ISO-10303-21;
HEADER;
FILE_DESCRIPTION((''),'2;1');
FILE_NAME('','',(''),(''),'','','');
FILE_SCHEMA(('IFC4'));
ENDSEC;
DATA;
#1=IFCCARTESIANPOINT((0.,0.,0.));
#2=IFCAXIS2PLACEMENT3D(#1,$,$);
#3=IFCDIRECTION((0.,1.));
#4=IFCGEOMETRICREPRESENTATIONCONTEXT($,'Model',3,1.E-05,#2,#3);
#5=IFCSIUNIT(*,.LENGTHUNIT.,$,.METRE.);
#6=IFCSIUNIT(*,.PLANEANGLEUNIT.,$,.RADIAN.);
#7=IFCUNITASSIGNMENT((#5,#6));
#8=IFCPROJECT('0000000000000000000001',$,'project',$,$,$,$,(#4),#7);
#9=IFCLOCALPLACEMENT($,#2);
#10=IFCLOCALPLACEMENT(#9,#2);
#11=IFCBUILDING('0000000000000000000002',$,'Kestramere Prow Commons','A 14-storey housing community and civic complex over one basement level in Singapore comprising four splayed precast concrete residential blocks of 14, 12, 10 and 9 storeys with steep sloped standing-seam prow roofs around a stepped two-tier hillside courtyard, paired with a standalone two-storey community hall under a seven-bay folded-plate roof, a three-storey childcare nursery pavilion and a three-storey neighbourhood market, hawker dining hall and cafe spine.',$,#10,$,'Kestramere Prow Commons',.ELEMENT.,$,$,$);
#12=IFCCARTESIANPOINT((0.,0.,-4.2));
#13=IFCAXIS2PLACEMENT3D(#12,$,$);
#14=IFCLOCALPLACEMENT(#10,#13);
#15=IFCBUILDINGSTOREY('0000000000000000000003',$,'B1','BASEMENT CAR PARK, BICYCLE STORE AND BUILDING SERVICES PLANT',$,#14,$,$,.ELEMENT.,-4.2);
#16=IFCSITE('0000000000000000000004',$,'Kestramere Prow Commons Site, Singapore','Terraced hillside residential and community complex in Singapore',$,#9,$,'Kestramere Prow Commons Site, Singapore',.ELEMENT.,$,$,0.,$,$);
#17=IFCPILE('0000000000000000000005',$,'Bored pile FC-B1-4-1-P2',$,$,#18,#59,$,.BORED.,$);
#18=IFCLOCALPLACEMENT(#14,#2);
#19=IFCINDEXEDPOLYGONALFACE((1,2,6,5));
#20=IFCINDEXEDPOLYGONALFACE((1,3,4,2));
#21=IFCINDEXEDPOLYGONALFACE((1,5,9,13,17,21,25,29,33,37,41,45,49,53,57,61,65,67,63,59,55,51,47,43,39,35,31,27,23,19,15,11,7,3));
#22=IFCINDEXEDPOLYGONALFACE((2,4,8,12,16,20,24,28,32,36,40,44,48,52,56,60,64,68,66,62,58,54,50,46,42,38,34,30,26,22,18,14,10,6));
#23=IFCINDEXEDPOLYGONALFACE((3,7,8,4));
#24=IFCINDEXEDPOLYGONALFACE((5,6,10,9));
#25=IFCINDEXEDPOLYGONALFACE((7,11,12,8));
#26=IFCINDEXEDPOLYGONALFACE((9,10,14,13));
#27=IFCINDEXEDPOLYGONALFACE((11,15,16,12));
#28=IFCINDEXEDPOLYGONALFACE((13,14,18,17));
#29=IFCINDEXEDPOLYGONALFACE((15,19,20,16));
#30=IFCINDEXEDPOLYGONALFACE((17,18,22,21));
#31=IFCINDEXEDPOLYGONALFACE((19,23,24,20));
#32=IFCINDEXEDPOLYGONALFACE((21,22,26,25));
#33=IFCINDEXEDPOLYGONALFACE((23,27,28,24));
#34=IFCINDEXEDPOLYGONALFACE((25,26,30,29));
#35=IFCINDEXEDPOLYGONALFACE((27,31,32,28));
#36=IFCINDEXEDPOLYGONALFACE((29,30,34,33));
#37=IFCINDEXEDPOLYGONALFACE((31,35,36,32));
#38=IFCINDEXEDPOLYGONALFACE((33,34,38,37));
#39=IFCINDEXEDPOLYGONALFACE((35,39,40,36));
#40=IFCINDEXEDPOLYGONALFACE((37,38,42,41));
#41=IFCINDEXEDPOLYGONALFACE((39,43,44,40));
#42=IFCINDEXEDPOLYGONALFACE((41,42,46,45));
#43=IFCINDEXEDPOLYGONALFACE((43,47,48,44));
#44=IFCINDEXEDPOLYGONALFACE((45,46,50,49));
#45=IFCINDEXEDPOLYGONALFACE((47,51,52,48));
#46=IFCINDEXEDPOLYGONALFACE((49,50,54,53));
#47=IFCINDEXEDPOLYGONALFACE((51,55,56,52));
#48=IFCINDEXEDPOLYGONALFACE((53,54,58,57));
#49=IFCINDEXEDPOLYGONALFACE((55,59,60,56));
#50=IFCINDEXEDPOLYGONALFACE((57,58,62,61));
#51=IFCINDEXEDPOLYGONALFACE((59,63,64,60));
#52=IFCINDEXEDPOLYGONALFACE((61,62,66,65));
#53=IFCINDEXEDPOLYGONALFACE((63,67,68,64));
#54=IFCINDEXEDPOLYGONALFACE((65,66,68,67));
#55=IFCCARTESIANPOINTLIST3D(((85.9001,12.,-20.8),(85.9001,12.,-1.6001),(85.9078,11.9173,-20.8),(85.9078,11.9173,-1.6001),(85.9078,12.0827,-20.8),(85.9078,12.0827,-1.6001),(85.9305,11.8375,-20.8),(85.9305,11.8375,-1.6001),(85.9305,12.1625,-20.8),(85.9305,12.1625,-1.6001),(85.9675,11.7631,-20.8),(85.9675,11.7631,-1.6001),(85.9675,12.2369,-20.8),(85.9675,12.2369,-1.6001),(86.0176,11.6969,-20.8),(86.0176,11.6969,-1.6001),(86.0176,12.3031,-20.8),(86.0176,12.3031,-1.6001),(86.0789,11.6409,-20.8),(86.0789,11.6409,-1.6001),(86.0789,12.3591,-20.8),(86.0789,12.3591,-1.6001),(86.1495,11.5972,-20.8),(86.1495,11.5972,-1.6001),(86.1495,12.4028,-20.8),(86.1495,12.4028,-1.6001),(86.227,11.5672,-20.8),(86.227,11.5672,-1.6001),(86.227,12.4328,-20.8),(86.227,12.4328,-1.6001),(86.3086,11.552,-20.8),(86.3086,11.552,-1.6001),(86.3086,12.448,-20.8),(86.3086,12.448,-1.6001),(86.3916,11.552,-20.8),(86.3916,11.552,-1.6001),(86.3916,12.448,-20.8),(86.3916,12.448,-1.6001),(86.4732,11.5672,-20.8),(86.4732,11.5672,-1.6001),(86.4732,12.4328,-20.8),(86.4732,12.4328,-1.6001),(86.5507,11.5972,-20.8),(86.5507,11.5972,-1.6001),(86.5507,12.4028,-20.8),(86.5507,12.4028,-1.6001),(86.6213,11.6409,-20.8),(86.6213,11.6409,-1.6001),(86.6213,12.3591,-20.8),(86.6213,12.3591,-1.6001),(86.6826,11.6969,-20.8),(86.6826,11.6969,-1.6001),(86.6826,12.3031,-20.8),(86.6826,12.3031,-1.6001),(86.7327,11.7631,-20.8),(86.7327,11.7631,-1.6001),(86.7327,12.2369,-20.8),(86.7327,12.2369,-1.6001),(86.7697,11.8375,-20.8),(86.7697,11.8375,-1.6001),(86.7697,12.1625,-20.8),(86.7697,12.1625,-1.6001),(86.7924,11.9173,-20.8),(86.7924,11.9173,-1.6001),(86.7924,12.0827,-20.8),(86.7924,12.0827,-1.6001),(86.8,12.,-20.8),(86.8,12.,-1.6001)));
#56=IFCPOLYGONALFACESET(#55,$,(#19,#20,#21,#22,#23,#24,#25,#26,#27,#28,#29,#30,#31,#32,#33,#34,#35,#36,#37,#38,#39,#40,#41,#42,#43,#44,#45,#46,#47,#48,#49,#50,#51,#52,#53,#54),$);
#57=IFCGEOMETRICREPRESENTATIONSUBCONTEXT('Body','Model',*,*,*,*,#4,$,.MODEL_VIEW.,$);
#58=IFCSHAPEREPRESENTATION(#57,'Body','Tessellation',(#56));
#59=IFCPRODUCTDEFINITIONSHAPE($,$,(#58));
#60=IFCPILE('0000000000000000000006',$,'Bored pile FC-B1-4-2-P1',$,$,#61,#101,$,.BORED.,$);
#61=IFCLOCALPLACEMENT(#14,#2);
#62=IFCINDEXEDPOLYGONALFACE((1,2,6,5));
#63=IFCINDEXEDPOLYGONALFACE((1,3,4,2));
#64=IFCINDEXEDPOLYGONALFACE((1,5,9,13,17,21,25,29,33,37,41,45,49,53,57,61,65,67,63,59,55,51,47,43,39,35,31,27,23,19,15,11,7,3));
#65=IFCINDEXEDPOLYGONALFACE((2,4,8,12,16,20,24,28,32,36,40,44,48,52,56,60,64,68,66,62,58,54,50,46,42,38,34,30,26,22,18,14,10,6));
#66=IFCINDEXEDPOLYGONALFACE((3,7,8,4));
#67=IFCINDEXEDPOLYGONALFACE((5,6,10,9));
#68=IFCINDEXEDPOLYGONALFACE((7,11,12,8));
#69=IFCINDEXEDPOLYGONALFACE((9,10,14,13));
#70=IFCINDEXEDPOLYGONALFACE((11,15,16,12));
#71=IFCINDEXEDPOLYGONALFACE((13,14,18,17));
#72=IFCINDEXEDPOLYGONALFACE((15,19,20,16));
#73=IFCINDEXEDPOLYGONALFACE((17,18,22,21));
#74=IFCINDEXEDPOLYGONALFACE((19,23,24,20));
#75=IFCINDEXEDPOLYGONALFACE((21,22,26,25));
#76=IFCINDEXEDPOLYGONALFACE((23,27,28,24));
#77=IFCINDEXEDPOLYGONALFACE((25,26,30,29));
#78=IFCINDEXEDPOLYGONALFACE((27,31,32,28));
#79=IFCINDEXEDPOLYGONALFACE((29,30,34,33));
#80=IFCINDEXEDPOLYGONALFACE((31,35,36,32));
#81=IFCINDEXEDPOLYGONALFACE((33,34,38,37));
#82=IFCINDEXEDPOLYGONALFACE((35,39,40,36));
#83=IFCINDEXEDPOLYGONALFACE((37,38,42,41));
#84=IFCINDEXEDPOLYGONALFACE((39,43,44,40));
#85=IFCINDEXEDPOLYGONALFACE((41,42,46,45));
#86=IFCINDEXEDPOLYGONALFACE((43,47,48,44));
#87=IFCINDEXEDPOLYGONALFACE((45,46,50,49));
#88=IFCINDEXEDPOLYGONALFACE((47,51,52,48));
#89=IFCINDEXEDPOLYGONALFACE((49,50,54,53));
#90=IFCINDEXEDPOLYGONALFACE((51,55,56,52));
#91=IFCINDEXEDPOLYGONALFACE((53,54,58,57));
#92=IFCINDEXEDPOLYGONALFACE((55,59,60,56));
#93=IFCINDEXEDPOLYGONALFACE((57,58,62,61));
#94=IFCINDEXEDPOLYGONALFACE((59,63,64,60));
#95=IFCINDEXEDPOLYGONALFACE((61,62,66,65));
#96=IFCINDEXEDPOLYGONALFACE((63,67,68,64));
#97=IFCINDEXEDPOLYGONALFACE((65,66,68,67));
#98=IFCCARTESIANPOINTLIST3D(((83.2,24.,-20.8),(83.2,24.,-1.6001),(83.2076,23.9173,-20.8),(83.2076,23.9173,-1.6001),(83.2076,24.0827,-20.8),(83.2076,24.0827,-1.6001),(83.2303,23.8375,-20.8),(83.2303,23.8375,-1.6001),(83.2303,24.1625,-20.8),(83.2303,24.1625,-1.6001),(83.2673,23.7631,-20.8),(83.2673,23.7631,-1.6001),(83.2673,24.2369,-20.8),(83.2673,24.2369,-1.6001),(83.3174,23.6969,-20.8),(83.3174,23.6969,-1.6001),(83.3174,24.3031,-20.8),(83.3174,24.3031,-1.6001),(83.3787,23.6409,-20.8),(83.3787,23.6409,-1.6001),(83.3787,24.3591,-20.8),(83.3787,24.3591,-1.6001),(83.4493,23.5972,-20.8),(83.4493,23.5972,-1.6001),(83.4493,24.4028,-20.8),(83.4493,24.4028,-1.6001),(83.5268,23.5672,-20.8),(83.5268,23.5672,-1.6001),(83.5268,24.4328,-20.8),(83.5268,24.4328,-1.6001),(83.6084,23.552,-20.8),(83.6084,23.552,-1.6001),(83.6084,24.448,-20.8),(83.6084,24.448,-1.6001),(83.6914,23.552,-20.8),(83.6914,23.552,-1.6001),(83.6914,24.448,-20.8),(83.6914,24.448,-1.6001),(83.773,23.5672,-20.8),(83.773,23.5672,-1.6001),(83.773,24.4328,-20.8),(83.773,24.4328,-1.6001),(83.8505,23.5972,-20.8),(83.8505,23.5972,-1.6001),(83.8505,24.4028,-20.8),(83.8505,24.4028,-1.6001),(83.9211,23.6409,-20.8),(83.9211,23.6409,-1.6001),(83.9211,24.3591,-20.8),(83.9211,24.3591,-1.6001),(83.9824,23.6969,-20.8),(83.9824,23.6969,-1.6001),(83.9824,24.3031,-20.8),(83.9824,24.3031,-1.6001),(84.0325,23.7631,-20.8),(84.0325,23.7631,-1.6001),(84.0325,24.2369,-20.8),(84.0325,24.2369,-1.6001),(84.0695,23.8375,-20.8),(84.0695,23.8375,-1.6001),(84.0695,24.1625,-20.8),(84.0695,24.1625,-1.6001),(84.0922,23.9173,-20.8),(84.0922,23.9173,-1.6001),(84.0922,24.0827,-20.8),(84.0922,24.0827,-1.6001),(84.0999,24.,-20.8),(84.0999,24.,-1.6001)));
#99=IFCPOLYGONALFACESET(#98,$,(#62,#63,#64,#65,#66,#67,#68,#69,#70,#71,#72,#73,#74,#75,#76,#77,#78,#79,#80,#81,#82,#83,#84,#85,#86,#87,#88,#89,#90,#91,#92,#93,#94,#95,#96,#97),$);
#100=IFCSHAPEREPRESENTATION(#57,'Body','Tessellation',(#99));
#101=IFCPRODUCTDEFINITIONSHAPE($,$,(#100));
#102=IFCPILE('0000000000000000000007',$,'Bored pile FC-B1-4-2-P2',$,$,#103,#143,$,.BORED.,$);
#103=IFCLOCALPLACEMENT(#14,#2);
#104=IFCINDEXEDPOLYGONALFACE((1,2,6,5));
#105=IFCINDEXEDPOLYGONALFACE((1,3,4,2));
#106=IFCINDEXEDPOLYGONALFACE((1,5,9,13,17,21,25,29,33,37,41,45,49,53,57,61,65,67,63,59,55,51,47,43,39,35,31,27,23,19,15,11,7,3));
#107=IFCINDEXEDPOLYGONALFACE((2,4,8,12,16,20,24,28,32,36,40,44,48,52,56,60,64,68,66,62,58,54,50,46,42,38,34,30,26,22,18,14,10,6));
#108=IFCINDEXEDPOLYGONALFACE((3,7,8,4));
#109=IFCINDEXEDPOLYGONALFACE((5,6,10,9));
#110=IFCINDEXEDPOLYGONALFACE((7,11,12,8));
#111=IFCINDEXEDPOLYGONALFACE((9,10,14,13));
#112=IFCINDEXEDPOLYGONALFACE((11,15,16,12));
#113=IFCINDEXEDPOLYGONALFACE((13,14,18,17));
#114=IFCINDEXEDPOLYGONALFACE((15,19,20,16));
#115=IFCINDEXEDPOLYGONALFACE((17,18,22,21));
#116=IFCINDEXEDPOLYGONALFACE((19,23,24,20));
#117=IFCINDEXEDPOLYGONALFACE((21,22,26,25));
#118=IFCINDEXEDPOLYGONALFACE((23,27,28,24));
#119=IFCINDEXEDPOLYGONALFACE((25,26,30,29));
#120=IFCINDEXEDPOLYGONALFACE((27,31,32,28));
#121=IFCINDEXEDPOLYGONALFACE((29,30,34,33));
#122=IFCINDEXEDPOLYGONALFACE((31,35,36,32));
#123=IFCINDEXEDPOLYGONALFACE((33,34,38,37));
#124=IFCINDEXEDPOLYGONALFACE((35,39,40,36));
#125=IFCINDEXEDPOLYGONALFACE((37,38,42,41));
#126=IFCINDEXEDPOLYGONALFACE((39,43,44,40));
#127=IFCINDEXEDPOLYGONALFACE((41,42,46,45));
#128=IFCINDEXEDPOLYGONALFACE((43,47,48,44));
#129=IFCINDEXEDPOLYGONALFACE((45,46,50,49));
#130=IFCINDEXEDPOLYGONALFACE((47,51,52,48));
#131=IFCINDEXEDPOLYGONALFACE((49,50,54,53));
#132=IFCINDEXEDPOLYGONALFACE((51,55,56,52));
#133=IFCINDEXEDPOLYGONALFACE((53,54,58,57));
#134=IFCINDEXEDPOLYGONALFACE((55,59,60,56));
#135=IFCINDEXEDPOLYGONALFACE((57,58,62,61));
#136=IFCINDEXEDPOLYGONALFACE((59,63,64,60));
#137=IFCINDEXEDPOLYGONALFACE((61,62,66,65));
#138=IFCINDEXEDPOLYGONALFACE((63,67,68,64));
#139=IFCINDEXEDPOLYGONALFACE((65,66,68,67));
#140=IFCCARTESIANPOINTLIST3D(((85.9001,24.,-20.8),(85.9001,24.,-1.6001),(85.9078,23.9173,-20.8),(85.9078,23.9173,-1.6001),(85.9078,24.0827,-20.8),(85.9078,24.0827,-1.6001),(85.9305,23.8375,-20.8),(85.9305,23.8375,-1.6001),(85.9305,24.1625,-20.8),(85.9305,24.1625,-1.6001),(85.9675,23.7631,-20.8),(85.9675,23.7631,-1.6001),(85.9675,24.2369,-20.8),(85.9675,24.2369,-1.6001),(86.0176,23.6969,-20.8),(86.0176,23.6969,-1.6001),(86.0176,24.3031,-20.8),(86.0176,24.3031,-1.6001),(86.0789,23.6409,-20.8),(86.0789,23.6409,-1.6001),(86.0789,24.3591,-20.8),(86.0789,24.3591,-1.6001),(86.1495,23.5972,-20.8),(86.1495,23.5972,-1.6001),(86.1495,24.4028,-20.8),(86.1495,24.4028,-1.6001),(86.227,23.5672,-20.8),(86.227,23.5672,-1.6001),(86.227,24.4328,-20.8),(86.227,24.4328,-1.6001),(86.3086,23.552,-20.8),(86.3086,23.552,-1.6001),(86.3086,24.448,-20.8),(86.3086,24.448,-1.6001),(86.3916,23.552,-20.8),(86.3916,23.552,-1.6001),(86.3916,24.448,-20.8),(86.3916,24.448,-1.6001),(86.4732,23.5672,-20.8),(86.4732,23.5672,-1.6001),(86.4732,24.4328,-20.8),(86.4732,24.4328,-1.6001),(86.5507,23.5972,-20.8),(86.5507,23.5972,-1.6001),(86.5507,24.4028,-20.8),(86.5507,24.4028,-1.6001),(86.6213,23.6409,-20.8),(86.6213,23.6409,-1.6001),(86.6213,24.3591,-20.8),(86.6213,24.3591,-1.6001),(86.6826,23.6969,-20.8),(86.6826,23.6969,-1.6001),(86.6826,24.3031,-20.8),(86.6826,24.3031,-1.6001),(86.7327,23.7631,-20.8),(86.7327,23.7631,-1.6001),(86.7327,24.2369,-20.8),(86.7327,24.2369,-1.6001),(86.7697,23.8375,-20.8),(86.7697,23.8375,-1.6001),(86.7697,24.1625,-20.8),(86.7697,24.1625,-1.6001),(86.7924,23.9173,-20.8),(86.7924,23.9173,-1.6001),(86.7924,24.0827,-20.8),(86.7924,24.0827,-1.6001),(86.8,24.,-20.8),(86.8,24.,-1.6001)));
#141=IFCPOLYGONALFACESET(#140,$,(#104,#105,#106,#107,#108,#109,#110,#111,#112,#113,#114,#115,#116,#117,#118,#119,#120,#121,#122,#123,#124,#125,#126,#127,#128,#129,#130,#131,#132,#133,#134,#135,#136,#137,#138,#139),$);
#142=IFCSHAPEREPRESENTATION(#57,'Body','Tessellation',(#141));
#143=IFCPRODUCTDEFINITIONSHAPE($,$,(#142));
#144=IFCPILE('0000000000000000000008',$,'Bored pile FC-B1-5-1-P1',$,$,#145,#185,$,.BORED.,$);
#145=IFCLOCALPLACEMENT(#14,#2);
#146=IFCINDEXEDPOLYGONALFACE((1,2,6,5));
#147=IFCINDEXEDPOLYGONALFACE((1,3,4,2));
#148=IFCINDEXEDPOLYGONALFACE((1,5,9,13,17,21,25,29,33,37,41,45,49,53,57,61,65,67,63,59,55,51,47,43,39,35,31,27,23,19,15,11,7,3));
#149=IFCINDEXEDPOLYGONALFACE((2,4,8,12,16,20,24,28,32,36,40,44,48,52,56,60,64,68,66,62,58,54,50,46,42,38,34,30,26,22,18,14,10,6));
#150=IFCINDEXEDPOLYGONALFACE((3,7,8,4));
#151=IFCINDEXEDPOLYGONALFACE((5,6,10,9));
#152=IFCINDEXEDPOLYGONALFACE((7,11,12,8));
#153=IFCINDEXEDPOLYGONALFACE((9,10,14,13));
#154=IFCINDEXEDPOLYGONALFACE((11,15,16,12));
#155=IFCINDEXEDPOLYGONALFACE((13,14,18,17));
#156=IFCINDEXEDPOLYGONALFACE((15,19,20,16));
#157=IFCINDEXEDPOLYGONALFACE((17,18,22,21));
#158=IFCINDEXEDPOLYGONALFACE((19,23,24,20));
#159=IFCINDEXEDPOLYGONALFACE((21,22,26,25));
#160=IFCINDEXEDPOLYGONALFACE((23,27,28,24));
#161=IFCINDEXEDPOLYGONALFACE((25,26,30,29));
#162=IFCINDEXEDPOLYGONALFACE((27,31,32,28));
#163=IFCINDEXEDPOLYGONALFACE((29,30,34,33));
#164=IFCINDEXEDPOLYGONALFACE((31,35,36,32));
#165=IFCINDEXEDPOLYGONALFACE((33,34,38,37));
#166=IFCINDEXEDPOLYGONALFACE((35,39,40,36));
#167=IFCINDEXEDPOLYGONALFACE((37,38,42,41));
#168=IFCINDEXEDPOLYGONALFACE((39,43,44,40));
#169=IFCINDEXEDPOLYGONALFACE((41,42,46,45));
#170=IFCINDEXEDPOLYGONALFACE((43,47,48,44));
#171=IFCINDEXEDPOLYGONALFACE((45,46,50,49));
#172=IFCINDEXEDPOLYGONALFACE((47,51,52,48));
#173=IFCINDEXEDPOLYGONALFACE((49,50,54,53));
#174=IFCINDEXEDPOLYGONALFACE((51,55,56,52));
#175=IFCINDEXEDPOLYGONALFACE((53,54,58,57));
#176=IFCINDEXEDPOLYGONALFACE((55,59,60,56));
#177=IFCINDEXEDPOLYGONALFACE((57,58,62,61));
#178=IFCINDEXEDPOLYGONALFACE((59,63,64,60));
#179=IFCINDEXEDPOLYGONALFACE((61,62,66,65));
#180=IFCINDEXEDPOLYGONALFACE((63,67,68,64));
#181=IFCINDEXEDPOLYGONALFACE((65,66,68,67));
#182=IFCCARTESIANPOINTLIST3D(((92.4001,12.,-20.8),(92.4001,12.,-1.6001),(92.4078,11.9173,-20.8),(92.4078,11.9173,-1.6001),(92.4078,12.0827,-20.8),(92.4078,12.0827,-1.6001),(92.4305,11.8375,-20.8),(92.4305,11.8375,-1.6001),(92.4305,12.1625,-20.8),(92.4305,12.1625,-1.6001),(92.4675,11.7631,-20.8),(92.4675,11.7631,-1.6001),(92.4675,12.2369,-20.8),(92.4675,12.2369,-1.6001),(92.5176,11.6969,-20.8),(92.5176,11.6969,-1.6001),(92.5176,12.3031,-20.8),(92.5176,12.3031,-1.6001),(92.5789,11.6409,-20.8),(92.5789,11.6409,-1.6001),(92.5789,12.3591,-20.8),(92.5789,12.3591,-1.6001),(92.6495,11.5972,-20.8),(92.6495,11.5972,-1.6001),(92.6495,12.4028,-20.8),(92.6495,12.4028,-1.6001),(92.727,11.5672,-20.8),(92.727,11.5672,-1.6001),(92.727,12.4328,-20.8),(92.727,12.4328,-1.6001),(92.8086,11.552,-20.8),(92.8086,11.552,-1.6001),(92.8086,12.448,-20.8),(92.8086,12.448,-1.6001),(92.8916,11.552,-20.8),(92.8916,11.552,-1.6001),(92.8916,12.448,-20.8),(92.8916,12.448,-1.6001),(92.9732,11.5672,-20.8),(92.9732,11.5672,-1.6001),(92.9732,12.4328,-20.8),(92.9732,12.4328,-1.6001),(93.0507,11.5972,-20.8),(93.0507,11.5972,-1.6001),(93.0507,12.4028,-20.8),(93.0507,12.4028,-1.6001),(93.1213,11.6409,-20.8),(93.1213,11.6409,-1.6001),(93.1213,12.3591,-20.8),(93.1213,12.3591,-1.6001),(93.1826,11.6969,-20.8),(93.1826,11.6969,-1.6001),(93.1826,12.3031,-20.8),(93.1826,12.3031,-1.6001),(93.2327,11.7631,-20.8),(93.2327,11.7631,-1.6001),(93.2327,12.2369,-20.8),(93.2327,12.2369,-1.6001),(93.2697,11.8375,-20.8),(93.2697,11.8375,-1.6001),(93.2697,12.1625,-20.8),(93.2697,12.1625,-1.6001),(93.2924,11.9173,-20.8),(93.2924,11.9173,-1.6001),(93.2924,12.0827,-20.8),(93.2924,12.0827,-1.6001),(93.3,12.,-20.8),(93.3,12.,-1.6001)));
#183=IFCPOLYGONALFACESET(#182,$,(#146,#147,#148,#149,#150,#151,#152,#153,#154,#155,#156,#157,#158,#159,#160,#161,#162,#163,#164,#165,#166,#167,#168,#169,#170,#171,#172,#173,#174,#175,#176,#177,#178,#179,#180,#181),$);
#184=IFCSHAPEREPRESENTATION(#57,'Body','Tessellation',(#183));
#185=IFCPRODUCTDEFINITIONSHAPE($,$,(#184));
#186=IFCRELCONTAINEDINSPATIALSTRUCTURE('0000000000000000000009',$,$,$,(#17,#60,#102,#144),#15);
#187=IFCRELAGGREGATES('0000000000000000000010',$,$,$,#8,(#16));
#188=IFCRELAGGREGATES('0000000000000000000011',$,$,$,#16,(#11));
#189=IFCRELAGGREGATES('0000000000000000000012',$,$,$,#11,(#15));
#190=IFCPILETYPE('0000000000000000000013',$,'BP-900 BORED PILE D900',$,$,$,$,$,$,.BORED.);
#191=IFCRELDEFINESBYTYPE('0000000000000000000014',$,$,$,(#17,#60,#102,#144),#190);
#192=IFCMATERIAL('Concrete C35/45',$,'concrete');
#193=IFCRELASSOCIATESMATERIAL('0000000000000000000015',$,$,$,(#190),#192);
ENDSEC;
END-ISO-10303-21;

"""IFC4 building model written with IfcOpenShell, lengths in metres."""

from ifc_helpers import new_model, si_unit, direction, frame, origin, origin_2d, place, context, subcontext, project, spatial, circle, extrude, material, material_profile, profile_set, type_object, element, save


model = new_model("IFC4")

# Units and contexts
model_context = context("Model", 3, precision=1e-05, world=origin(), true_north=direction((0.0, 1.0)))
body_context = subcontext(model_context, "Body", "Model", "MODEL_VIEW")
ifc_project = project(units=[si_unit("LENGTHUNIT", "METRE"), si_unit("PLANEANGLEUNIT", "RADIAN")], contexts=[model_context])

# Site, building, storey
site_placement = place(None, origin())
site = spatial("IfcSite", under=ifc_project, at=site_placement, Name="Kestramere Prow Commons Site, Singapore", Description="Terraced hillside residential and community complex in Singapore", LongName="Kestramere Prow Commons Site, Singapore", CompositionType="ELEMENT", RefElevation=0.0)
building_placement = place(site_placement, origin())
building = spatial("IfcBuilding", under=site, at=building_placement, Name="Kestramere Prow Commons", Description="A 14-storey housing community and civic complex over one basement level in Singapore comprising four splayed precast concrete residential blocks of 14, 12, 10 and 9 storeys with steep sloped standing-seam prow roofs around a stepped two-tier hillside courtyard, paired with a standalone two-storey community hall under a seven-bay folded-plate roof, a three-storey childcare nursery pavilion and a three-storey neighbourhood market, hawker dining hall and cafe spine.", LongName="Kestramere Prow Commons", CompositionType="ELEMENT")
storey_placement = place(building_placement, frame((0.0, 0.0, -4.2)))
storey = spatial("IfcBuildingStorey", under=building, at=storey_placement, Name="B1", Description="BASEMENT CAR PARK, BICYCLE STORE AND BUILDING SERVICES PLANT", CompositionType="ELEMENT", Elevation=-4.2)

# Piles
ifc_material = material(Name="Concrete C35/45", Category="concrete")
ifc_material_profile_1 = material_profile(ifc_material, circle(Radius=0.45, at=origin_2d()), Name="BORED PILE D900")
ifc_profile_set_1 = profile_set([ifc_material_profile_1], Name="Concrete C35/45")
pile_type = type_object("IfcPileType", Name="BP-900 BORED PILE D900", PredefinedType="BORED", material=ifc_profile_set_1)
for number, where, z_axis, x_axis, name in (
    (1, (86.3501, 12.0, -1.6001), (0.0, 0.0, -1.0), (1.0, 0.0, 0.0), "Bored pile FC-B1-4-1-P2"),
    (2, (83.6499, 24.0, -1.6001), (0.0, 0.0, -1.0), (1.0, 0.0, 0.0), "Bored pile FC-B1-4-2-P1"),
    (3, (86.3501, 24.0, -1.6001), (0.0, 0.0, -1.0), (1.0, 0.0, 0.0), "Bored pile FC-B1-4-2-P2"),
    (4, (92.8501, 12.0, -1.6001), (0.0, 0.0, -1.0), (1.0, 0.0, 0.0), "Bored pile FC-B1-5-1-P1"),
):
    element("IfcPile", number, at=place(storey_placement, frame(where, z_axis=z_axis, x_axis=x_axis)), inside=storey, type_object=pile_type, Name=name, PredefinedType="BORED", context=body_context, shape_type="SweptSolid", body=[
        extrude(circle(Radius=0.45, at=origin_2d()), origin(), (0.0, 0.0, 1.0), 19.2),
    ])

save(model, "model.ifc")
